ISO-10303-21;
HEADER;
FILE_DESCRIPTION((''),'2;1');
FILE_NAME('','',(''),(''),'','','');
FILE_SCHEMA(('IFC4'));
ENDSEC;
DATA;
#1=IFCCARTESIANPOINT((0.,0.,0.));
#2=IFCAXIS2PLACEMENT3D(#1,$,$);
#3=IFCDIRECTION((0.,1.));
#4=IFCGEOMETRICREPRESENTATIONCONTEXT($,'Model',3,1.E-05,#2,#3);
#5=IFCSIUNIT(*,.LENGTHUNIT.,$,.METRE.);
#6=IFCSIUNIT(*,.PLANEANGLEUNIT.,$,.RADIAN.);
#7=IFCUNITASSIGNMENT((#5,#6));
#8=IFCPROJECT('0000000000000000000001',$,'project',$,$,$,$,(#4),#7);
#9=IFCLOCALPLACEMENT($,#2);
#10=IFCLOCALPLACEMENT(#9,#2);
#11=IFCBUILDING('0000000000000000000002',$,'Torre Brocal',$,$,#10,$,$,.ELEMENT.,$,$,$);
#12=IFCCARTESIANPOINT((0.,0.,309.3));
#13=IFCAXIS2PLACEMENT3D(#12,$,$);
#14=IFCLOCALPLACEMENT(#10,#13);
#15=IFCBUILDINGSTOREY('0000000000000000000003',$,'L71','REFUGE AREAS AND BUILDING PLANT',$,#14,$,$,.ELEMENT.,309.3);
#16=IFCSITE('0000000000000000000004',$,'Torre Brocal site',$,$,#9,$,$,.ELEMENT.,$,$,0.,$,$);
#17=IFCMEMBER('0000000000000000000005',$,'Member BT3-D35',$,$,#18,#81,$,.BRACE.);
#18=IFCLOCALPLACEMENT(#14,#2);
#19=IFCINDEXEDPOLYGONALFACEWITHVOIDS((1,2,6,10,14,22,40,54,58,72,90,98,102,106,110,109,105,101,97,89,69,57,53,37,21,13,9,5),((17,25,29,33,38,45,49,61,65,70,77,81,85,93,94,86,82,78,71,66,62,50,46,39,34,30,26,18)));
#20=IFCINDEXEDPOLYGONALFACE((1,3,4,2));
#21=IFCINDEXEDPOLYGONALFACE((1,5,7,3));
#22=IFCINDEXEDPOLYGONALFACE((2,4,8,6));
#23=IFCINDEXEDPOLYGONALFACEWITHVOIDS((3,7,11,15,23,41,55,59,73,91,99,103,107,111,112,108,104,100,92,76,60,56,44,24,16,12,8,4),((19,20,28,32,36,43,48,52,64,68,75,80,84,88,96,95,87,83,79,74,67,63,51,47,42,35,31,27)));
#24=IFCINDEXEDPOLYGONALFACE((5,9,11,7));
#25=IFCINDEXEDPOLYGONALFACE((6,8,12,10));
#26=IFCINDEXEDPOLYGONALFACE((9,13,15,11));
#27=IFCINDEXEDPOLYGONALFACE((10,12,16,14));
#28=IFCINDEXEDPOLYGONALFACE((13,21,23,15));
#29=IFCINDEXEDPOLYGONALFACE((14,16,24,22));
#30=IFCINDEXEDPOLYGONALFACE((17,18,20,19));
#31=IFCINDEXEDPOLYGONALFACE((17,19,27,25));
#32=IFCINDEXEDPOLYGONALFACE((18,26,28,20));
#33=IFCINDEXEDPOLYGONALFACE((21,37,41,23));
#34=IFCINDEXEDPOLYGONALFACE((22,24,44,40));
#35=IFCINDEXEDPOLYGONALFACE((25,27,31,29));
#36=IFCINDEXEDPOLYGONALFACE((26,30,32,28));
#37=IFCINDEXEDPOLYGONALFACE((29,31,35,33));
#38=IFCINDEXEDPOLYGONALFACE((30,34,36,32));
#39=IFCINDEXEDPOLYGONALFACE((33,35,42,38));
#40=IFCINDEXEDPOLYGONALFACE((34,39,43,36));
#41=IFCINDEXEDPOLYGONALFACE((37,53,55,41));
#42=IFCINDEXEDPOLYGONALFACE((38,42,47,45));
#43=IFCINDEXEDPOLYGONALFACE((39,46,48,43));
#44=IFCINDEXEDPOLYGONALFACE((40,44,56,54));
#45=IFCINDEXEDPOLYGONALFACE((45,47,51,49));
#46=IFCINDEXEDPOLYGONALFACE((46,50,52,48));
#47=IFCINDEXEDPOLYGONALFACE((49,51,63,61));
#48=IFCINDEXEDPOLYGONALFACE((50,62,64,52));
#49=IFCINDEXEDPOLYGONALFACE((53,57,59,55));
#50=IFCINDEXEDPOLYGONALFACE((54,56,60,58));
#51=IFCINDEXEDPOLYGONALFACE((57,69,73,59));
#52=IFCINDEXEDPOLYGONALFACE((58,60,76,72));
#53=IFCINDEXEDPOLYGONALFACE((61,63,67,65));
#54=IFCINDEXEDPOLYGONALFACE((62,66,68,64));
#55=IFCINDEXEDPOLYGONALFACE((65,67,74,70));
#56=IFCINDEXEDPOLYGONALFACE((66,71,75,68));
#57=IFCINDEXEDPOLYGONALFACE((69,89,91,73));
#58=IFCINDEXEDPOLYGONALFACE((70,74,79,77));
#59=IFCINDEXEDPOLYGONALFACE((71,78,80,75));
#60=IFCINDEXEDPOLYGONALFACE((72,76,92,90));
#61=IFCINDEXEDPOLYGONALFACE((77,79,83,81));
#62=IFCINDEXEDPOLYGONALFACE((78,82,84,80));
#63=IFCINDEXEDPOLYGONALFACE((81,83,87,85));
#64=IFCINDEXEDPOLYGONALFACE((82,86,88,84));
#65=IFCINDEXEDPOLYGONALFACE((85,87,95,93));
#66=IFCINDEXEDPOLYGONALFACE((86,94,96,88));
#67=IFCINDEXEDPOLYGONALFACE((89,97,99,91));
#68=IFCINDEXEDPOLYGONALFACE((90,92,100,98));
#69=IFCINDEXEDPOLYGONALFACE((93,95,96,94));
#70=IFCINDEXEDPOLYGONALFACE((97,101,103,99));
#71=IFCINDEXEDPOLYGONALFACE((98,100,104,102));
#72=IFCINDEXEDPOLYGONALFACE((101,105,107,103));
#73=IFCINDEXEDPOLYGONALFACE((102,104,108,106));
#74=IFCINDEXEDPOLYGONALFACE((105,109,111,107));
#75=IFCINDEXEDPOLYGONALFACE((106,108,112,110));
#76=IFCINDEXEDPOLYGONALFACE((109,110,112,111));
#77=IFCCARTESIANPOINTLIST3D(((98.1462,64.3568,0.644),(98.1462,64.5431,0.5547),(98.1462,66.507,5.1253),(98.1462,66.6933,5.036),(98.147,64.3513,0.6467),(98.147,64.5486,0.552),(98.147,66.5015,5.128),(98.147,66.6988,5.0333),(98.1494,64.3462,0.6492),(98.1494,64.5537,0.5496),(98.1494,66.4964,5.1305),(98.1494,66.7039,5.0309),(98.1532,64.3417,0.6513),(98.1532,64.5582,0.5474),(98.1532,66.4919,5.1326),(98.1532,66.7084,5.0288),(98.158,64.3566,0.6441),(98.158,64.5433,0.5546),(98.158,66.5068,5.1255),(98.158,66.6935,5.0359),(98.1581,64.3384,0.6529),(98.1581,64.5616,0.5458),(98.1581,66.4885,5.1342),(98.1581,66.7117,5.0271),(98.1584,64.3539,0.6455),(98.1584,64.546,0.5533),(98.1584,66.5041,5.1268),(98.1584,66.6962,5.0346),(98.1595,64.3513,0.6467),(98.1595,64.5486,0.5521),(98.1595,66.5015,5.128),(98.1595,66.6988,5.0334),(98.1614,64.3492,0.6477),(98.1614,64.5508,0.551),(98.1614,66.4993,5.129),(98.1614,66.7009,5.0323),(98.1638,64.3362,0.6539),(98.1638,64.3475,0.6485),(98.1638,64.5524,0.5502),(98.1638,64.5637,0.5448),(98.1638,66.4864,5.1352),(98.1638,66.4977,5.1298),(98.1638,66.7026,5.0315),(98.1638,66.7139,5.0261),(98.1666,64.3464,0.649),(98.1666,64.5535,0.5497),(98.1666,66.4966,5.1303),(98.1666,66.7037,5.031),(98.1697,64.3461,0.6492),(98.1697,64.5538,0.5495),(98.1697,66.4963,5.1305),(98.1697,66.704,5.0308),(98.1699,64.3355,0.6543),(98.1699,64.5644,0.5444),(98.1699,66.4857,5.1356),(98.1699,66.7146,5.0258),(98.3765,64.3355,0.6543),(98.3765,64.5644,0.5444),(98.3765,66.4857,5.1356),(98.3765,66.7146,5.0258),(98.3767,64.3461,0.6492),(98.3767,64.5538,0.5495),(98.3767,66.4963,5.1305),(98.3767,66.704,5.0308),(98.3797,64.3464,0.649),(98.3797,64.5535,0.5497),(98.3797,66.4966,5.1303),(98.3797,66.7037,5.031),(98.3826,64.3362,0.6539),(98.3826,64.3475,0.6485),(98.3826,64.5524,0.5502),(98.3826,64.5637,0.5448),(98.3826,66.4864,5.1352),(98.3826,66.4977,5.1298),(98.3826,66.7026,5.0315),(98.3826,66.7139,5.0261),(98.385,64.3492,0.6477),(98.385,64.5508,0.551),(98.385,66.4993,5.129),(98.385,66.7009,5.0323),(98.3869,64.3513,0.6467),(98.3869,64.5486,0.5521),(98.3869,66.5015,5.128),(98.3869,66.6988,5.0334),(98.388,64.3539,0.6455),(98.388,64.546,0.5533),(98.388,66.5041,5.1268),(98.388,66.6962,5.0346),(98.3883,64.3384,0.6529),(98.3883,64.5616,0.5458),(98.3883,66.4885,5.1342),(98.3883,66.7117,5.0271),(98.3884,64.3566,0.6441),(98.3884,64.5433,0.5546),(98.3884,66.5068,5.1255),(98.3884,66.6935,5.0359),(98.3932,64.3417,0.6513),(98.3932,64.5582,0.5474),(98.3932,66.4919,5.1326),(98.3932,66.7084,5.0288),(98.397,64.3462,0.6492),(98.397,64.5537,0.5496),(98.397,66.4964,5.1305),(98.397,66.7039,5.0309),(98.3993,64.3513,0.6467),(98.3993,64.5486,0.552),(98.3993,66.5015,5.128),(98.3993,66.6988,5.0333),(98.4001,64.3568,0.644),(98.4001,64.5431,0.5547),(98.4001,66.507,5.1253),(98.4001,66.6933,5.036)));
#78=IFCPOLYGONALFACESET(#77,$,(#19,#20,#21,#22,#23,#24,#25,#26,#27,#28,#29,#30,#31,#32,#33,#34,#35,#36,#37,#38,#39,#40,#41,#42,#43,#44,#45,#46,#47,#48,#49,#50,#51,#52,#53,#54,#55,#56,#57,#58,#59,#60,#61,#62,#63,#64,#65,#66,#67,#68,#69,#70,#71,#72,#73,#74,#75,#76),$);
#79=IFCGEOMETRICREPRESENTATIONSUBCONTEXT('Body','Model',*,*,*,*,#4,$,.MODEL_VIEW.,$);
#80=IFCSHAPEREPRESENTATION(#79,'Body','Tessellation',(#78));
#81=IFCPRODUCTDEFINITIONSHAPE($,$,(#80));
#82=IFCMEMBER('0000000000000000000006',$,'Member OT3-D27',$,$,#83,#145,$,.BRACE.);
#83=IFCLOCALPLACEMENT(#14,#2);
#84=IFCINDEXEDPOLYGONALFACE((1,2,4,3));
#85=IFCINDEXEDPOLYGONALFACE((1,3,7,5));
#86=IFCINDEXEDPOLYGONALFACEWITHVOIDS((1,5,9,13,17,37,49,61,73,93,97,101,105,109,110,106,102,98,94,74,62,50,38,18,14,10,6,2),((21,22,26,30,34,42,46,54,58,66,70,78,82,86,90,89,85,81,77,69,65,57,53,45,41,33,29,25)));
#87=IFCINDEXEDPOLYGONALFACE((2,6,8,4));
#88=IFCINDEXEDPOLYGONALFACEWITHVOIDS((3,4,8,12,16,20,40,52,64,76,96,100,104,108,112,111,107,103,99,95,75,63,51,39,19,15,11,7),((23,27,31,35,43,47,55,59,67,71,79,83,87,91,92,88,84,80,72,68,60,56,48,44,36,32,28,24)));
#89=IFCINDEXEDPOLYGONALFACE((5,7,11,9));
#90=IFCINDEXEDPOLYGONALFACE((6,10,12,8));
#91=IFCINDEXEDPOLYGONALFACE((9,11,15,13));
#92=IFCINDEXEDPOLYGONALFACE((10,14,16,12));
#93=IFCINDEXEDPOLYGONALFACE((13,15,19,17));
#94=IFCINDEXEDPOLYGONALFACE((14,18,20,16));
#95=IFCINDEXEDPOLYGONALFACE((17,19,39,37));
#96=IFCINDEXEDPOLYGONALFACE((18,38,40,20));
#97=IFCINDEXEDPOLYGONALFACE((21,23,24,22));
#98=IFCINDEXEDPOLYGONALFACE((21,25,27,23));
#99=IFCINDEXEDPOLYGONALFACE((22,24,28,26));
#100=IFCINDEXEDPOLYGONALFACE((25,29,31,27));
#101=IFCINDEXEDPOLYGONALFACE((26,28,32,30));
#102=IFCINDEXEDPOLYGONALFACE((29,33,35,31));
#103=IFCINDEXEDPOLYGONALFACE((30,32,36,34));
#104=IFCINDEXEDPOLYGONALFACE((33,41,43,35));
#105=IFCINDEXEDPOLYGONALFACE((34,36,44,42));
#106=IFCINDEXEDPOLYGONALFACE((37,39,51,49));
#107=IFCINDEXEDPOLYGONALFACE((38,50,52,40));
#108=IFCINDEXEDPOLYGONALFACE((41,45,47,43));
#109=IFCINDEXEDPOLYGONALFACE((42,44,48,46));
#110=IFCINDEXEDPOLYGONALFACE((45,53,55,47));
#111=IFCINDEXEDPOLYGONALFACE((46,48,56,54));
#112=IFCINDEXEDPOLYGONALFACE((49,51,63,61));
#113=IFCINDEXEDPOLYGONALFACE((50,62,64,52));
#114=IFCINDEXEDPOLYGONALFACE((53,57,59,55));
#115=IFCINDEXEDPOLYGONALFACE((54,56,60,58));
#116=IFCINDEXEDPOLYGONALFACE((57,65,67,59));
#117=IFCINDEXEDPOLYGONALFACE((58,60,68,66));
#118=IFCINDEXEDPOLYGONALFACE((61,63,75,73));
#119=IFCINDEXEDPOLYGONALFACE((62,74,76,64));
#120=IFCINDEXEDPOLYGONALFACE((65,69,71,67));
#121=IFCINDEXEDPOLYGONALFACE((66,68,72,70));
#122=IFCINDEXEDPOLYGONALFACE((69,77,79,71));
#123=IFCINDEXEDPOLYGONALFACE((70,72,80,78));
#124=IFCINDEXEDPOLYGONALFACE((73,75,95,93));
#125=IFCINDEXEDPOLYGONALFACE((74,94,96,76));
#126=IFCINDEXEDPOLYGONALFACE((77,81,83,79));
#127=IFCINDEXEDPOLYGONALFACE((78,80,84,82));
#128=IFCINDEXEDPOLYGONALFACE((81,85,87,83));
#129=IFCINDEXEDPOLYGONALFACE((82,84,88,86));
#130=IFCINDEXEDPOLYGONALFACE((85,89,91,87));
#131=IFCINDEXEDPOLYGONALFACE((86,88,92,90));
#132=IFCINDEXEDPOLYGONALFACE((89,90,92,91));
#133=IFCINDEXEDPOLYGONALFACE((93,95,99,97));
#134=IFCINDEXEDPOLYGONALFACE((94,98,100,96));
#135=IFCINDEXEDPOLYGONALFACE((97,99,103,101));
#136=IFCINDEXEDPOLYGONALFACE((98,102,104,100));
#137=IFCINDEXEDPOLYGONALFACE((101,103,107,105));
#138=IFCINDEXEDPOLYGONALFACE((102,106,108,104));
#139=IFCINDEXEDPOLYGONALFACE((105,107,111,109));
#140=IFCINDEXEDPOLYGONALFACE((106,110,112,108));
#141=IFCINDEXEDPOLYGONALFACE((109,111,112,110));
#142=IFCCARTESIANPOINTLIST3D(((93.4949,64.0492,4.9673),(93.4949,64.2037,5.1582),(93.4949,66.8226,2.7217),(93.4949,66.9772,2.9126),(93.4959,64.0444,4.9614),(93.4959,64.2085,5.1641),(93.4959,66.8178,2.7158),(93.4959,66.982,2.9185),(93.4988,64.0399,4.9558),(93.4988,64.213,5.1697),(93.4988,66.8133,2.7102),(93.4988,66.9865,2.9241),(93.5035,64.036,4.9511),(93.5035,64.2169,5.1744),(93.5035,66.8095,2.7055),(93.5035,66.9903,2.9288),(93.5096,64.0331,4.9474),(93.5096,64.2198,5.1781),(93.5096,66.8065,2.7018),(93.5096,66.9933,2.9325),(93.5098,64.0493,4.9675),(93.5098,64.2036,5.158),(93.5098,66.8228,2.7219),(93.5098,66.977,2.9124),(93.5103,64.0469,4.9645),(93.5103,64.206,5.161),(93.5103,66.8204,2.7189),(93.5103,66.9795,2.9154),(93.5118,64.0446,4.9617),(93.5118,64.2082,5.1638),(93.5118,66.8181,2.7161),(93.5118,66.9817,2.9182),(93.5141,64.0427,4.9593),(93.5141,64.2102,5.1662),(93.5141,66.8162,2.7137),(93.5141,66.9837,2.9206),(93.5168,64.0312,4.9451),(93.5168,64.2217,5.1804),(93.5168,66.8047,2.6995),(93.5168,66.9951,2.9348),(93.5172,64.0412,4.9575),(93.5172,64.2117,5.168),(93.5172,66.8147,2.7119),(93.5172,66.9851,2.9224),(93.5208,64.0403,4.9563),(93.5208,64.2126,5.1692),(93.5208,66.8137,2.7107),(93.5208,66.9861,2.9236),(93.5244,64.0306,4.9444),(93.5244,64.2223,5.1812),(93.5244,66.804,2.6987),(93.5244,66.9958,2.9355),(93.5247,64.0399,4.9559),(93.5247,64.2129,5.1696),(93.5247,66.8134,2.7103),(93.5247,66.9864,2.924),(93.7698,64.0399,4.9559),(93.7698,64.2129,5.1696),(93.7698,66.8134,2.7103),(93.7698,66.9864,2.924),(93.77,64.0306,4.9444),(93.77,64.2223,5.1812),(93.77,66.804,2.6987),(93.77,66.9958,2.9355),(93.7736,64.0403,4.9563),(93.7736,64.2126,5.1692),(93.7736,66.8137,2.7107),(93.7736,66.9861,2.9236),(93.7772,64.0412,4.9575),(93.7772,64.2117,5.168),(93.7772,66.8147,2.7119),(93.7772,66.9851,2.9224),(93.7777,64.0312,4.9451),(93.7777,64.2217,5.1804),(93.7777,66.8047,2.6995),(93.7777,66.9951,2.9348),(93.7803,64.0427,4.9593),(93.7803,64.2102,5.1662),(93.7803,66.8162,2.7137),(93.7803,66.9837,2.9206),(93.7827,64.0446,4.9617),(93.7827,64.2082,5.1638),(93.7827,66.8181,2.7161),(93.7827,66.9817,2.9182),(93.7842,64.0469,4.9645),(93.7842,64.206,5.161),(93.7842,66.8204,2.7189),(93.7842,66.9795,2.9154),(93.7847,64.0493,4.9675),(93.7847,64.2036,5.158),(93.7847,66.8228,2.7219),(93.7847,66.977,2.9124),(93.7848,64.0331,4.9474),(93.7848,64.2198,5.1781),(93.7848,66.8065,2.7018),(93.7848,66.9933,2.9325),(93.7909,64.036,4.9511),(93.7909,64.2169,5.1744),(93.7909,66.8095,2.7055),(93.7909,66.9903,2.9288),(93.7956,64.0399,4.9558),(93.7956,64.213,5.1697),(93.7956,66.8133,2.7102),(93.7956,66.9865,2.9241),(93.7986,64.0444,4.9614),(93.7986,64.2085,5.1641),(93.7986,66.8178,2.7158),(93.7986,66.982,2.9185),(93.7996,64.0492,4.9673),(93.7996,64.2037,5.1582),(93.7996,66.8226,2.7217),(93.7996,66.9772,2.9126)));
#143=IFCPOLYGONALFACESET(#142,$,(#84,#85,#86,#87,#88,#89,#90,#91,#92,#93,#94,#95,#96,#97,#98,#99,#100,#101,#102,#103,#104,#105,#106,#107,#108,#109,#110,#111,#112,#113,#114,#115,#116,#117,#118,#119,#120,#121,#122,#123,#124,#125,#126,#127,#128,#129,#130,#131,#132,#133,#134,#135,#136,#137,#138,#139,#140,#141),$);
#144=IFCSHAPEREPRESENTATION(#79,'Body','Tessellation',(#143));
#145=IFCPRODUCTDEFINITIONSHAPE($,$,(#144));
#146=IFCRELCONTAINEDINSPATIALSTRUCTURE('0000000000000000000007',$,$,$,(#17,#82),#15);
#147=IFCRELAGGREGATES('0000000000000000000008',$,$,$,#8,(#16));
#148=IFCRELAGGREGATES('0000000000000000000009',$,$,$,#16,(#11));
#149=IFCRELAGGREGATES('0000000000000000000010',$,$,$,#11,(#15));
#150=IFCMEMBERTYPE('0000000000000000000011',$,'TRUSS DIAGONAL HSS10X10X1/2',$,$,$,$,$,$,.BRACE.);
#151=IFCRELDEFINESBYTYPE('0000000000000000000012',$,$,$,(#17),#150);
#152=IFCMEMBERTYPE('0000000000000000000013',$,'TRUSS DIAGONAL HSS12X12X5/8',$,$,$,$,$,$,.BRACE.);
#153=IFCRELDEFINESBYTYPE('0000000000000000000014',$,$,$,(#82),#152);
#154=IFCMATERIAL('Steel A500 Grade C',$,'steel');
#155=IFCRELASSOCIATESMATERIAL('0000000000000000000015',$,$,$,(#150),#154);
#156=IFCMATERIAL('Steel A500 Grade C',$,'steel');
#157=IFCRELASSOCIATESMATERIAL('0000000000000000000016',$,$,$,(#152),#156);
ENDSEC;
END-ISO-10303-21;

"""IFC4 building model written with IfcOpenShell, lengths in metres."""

from ifc_helpers import new_model, si_unit, direction, frame, origin, origin_2d, place, context, subcontext, project, spatial, hollow_rectangle, extrude, material, material_profile, profile_set, type_object, element, save


model = new_model("IFC4")

# Units and contexts
model_context = context("Model", 3, precision=1e-05, world=origin(), true_north=direction((0.0, 1.0)))
body_context = subcontext(model_context, "Body", "Model", "MODEL_VIEW")
ifc_project = project(units=[si_unit("LENGTHUNIT", "METRE"), si_unit("PLANEANGLEUNIT", "RADIAN")], contexts=[model_context])

# Site, building, storey
site_placement = place(None, origin())
site = spatial("IfcSite", under=ifc_project, at=site_placement, Name="Torre Brocal site", CompositionType="ELEMENT", RefElevation=0.0)
building_placement = place(site_placement, origin())
building = spatial("IfcBuilding", under=site, at=building_placement, Name="Torre Brocal", CompositionType="ELEMENT")
storey_placement = place(building_placement, frame((0.0, 0.0, 309.3)))
storey = spatial("IfcBuildingStorey", under=building, at=storey_placement, Name="L71", Description="REFUGE AREAS AND BUILDING PLANT", CompositionType="ELEMENT", Elevation=309.3)

# Members
ifc_material_1 = material(Name="Steel A500 Grade C", Category="steel")
ifc_material_profile_1 = material_profile(ifc_material_1, hollow_rectangle(XDim=0.2539, YDim=0.2539, WallThickness=0.0117, InnerFilletRadius=0.0117, OuterFilletRadius=0.0237, at=origin_2d()), Name="HSS10X10X1/2")
ifc_profile_set_1 = profile_set([ifc_material_profile_1], Name="Steel A500 Grade C")
member_type_1 = type_object("IfcMemberType", Name="TRUSS DIAGONAL HSS10X10X1/2", PredefinedType="BRACE", material=ifc_profile_set_1)
member_1_placement = place(storey_placement, frame((98.2732, 64.45, 0.5994), z_axis=(0.0, 0.432595, 0.901588), x_axis=(-1.0, 0.0, 0.0)))
element("IfcMember", 1, at=member_1_placement, inside=storey, type_object=member_type_1, Name="Member BT3-D35", PredefinedType="BRACE", context=body_context, shape_type="SweptSolid", body=[
    extrude(hollow_rectangle(XDim=0.2539, YDim=0.2539, WallThickness=0.0117, InnerFilletRadius=0.0117, OuterFilletRadius=0.0237, at=origin_2d()), origin(), (0.0, 0.0, 1.0), 4.9705),
])
ifc_material_2 = material(Name="Steel A500 Grade C", Category="steel")
ifc_material_profile_2 = material_profile(ifc_material_2, hollow_rectangle(XDim=0.3047, YDim=0.3047, WallThickness=0.0149, InnerFilletRadius=0.0149, OuterFilletRadius=0.0295, at=origin_2d()), Name="HSS12X12X5/8")
ifc_profile_set_2 = profile_set([ifc_material_profile_2], Name="Steel A500 Grade C")
member_type_2 = type_object("IfcMemberType", Name="TRUSS DIAGONAL HSS12X12X5/8", PredefinedType="BRACE", material=ifc_profile_set_2)
member_2_placement = place(storey_placement, frame((93.6472, 66.8999, 2.8171), z_axis=(0.0, -0.777184, 0.629273), x_axis=(1.0, 0.0, 0.0)))
element("IfcMember", 2, at=member_2_placement, inside=storey, type_object=member_type_2, Name="Member OT3-D27", PredefinedType="BRACE", context=body_context, shape_type="SweptSolid", body=[
    extrude(hollow_rectangle(XDim=0.3047, YDim=0.3047, WallThickness=0.0149, InnerFilletRadius=0.0149, OuterFilletRadius=0.0295, at=origin_2d()), origin(), (0.0, 0.0, 1.0), 3.5686),
])

save(model, "model.ifc")
